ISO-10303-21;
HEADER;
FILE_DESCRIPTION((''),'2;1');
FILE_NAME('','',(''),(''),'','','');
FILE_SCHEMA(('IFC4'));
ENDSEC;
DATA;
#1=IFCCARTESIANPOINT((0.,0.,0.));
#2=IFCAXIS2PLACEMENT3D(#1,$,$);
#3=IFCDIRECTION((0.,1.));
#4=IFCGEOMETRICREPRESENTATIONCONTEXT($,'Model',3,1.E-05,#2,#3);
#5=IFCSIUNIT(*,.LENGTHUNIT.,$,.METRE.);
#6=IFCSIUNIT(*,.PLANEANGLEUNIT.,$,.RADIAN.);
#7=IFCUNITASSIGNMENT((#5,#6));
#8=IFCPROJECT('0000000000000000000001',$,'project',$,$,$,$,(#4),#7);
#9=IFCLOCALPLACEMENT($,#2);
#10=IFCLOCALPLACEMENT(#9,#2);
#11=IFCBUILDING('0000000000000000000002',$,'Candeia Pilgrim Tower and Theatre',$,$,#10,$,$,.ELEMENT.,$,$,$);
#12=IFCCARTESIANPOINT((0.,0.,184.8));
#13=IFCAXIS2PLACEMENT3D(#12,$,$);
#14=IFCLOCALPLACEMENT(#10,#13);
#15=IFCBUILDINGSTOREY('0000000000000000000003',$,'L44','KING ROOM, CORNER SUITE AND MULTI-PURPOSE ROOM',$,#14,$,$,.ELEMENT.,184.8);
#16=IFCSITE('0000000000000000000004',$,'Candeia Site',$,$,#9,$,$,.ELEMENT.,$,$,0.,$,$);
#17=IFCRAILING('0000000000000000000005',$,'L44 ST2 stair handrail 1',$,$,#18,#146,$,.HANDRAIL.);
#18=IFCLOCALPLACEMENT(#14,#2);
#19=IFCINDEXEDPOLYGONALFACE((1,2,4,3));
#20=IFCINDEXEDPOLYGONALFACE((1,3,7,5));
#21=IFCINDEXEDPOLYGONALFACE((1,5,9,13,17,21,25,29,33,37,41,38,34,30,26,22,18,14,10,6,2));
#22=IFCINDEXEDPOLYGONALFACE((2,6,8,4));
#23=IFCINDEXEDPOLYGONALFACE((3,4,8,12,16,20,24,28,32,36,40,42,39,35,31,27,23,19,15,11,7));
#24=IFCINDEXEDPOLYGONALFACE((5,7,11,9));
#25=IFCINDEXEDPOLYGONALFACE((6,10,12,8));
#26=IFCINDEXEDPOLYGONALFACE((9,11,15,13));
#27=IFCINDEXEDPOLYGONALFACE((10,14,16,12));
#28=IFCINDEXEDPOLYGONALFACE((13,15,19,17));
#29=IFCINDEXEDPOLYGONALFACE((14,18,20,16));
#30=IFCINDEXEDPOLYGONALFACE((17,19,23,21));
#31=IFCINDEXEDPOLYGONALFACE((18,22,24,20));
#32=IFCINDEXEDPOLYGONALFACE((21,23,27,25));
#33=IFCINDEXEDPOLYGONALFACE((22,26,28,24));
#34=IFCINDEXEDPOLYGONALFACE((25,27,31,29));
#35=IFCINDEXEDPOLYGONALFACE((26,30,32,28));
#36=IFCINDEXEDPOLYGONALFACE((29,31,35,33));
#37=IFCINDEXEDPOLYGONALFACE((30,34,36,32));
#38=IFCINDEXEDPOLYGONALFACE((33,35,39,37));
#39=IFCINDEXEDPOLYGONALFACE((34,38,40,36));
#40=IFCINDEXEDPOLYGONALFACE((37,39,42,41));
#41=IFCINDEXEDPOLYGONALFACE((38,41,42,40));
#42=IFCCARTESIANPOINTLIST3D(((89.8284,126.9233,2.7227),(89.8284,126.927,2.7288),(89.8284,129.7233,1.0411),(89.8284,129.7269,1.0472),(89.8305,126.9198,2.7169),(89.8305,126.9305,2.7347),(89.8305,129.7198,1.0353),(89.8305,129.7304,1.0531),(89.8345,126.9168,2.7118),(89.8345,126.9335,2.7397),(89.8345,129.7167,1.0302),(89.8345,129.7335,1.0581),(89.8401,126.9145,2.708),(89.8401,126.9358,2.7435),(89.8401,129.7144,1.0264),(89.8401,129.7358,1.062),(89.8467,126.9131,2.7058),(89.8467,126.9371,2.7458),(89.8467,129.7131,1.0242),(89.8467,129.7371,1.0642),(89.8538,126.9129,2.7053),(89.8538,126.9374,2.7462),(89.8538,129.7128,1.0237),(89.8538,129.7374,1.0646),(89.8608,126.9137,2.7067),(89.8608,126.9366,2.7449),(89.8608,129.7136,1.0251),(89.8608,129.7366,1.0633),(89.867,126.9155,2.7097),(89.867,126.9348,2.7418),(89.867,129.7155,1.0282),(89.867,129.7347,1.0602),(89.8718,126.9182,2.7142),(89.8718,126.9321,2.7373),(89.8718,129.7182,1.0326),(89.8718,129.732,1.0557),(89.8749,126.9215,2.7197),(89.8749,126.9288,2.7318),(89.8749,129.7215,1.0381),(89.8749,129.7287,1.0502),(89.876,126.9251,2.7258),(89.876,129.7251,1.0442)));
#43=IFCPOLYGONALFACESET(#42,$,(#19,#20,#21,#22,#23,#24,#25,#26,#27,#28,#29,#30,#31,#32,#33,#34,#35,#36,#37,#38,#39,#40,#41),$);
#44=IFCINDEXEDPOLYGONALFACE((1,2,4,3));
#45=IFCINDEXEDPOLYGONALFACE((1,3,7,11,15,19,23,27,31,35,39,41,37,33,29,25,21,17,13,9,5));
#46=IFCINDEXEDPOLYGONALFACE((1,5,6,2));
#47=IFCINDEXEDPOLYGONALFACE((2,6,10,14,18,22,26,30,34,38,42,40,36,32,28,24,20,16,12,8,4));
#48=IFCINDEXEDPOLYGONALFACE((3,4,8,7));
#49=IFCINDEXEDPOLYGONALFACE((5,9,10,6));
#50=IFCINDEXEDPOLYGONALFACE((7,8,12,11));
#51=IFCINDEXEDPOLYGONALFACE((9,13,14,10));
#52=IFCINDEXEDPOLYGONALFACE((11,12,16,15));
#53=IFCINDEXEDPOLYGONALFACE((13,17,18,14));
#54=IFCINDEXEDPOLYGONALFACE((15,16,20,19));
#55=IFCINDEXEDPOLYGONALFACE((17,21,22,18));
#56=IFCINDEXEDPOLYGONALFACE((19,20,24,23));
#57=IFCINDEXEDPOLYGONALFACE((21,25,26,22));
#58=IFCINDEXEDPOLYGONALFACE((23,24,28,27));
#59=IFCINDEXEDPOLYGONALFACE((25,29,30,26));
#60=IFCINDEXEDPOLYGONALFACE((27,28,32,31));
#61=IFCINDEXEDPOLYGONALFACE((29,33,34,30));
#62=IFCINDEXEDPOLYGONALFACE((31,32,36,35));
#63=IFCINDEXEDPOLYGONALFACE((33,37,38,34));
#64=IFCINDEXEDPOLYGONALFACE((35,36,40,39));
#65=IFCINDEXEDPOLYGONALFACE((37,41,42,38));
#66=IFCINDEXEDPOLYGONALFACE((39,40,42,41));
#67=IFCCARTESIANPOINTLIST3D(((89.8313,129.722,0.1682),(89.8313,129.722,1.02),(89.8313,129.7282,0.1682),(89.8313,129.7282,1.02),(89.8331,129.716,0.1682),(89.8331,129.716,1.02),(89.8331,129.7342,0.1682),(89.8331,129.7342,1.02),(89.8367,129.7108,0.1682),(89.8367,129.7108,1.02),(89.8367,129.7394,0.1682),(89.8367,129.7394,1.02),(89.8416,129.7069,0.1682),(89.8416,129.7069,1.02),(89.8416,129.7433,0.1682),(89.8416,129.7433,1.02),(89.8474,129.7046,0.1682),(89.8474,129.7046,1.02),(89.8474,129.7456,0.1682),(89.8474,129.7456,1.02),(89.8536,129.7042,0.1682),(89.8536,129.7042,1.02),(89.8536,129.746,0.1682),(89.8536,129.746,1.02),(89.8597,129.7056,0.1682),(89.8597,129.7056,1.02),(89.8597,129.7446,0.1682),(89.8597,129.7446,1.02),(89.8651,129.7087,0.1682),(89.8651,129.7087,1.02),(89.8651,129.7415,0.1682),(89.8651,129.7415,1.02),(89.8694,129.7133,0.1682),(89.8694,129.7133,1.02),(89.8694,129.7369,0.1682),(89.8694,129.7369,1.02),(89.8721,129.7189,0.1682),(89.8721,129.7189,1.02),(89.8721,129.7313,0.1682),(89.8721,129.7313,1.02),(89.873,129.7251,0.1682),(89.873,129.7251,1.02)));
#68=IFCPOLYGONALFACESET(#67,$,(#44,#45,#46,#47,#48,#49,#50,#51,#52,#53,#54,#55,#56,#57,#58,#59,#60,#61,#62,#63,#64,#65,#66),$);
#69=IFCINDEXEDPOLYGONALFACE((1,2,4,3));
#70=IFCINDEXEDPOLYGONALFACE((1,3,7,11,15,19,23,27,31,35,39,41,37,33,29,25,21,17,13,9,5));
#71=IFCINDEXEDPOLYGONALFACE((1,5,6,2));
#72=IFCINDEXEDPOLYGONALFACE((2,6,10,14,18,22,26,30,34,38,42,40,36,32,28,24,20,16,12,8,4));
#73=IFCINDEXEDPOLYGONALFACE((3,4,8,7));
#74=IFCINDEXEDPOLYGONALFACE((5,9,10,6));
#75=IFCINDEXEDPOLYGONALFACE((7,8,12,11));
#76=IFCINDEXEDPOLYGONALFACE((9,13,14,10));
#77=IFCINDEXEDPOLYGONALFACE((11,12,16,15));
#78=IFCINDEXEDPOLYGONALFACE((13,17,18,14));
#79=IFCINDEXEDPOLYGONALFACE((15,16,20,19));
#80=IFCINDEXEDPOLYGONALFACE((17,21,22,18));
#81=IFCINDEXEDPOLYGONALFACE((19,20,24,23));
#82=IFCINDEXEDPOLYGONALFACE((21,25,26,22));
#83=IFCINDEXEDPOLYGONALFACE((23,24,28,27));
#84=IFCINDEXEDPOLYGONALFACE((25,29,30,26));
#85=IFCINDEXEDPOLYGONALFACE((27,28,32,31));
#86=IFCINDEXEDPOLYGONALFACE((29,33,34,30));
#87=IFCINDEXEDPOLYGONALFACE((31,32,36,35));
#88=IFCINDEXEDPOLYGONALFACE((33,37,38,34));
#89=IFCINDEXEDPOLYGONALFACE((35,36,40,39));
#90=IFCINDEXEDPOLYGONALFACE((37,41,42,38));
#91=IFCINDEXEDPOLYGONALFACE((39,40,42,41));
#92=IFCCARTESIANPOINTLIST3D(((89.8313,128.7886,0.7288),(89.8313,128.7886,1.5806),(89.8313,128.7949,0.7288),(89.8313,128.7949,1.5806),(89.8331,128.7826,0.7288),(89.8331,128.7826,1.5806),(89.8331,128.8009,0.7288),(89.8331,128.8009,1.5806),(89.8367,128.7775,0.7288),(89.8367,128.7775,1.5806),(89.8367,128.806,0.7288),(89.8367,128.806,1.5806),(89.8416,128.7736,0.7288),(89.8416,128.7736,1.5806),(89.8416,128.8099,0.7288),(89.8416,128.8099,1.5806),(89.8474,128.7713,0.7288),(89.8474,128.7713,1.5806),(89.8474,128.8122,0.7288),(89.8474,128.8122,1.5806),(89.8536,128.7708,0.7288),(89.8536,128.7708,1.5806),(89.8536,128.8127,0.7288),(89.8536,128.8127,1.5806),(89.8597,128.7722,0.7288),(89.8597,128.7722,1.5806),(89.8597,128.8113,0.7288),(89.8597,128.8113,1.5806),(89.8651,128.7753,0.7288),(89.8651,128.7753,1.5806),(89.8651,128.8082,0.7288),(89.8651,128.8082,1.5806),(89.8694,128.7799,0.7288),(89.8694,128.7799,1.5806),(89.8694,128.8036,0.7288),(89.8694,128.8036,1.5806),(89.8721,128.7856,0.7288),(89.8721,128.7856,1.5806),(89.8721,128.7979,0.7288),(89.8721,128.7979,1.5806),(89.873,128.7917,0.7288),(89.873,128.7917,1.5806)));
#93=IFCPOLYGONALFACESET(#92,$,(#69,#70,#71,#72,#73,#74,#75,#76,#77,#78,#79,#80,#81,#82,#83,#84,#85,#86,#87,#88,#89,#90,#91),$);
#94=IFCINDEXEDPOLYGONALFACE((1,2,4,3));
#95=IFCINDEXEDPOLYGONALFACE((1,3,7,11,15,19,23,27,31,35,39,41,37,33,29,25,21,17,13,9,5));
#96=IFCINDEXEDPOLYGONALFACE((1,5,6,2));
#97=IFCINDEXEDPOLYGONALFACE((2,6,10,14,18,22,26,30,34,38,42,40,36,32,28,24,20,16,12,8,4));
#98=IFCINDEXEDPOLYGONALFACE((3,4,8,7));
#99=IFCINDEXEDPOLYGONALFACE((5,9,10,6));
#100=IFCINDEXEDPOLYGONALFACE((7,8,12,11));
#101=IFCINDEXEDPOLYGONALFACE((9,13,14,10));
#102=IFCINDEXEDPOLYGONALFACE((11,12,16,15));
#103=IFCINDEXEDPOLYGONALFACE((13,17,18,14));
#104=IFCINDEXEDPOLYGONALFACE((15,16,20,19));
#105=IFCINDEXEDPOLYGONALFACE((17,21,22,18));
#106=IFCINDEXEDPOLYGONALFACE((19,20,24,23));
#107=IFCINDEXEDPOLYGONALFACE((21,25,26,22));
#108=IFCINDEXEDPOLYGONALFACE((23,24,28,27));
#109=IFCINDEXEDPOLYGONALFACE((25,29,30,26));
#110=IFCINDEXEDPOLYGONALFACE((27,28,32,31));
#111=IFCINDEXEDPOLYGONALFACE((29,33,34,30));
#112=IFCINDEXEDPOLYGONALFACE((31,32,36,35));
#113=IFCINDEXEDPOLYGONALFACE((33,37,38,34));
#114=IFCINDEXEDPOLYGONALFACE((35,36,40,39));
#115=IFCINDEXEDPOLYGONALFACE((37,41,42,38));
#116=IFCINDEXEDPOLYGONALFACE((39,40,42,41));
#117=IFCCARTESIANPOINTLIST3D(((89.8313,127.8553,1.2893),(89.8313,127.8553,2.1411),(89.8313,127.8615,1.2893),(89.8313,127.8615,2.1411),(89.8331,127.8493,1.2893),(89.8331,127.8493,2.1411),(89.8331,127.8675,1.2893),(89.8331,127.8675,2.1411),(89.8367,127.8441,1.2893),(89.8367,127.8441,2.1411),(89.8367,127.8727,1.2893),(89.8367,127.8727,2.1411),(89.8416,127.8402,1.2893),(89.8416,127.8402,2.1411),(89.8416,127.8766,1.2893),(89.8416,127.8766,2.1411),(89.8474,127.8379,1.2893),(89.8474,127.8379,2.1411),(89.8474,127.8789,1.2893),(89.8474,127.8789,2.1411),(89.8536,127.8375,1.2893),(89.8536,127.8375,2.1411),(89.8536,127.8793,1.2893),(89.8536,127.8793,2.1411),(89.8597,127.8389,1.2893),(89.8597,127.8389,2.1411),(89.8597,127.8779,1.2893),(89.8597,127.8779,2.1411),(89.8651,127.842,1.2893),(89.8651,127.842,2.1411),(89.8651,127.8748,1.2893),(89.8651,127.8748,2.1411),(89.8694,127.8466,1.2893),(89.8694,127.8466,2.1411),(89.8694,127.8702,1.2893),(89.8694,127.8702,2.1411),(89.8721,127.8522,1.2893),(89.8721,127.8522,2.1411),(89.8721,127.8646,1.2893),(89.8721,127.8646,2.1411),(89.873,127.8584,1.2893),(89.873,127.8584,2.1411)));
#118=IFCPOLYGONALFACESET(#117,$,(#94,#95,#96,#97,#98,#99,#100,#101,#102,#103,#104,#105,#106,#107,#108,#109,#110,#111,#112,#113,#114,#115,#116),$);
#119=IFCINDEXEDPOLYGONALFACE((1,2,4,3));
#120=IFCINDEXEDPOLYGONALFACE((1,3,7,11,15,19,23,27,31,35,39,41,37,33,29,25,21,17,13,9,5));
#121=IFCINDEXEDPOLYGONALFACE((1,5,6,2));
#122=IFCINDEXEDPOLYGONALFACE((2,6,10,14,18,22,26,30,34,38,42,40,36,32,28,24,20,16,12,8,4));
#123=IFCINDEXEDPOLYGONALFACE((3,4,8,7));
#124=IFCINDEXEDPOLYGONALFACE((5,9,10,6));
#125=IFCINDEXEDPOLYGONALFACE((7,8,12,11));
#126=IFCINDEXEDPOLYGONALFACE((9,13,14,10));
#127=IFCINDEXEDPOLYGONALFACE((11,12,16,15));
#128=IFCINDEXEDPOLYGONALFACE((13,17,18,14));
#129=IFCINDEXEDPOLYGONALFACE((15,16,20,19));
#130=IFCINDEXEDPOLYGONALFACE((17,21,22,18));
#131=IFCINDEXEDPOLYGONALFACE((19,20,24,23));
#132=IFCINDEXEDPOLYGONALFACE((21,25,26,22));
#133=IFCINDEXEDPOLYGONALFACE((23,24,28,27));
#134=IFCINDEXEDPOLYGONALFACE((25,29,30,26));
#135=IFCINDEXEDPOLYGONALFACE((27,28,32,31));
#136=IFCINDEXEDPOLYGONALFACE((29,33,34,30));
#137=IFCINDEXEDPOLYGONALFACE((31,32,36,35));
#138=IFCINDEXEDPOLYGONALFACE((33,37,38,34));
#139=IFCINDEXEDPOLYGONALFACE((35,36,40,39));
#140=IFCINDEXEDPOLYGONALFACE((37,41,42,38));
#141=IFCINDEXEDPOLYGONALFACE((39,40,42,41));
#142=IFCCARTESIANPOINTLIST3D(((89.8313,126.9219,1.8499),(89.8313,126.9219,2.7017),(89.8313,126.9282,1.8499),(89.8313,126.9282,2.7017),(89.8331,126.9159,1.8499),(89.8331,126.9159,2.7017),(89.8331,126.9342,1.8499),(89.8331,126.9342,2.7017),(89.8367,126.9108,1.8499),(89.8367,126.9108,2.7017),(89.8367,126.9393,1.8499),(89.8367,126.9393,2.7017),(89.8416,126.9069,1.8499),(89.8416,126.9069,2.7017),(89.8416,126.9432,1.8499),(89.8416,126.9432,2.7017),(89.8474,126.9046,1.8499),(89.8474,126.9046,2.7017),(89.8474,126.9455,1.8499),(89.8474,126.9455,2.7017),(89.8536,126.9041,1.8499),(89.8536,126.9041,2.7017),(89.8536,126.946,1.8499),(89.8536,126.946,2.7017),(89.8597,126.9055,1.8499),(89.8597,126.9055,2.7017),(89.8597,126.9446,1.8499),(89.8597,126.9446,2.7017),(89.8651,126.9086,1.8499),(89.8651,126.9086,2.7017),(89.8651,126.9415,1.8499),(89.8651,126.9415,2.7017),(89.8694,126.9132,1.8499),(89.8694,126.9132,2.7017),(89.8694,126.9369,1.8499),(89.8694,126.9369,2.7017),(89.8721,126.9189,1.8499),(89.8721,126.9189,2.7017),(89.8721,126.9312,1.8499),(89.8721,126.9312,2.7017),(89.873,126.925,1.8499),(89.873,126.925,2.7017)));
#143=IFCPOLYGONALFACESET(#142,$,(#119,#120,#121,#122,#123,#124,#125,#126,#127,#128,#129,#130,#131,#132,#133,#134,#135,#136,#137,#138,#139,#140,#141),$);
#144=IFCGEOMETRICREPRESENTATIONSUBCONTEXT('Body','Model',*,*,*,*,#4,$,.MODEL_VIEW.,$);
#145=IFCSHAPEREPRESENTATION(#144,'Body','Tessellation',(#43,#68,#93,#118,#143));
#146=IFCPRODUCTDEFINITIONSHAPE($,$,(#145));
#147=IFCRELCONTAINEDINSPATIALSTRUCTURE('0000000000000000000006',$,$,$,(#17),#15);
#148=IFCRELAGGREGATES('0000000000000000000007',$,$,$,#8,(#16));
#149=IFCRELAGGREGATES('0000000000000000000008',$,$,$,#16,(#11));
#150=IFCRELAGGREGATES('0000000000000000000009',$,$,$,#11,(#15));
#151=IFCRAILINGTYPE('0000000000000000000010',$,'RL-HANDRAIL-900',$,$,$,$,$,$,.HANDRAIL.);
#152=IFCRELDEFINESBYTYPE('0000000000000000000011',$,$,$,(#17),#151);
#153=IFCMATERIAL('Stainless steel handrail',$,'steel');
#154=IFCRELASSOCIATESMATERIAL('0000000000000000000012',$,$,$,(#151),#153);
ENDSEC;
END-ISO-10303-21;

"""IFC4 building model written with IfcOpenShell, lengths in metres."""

from ifc_helpers import new_model, si_unit, direction, frame, origin, origin_2d, place, context, subcontext, project, spatial, circle, extrude, material, type_object, element, save


model = new_model("IFC4")

# Units and contexts
model_context = context("Model", 3, precision=1e-05, world=origin(), true_north=direction((0.0, 1.0)))
body_context = subcontext(model_context, "Body", "Model", "MODEL_VIEW")
ifc_project = project(units=[si_unit("LENGTHUNIT", "METRE"), si_unit("PLANEANGLEUNIT", "RADIAN")], contexts=[model_context])

# Site, building, storey
site_placement = place(None, origin())
site = spatial("IfcSite", under=ifc_project, at=site_placement, Name="Candeia Site", CompositionType="ELEMENT", RefElevation=0.0)
building_placement = place(site_placement, origin())
building = spatial("IfcBuilding", under=site, at=building_placement, Name="Candeia Pilgrim Tower and Theatre", CompositionType="ELEMENT")
storey_placement = place(building_placement, frame((0.0, 0.0, 184.8)))
storey = spatial("IfcBuildingStorey", under=building, at=storey_placement, Name="L44", Description="KING ROOM, CORNER SUITE AND MULTI-PURPOSE ROOM", CompositionType="ELEMENT", Elevation=184.8)

# Railing
ifc_material_1 = material(Name="Stainless steel handrail", Category="steel")
railing_type_1 = type_object("IfcRailingType", Name="RL-HANDRAIL-900", PredefinedType="HANDRAIL", material=ifc_material_1)
railing_1_placement = place(storey_placement, frame((89.8521, 129.7251, 0.1682)))
element("IfcRailing", 1, at=railing_1_placement, inside=storey, type_object=railing_type_1, Name="L44 ST2 stair handrail 1", PredefinedType="HANDRAIL", context=body_context, shape_type="SweptSolid", body=[
    extrude(circle(Radius=0.0239, at=origin_2d()), frame((0.0, 0.0, 0.876), z_axis=(0.0, -0.857275, 0.514858), x_axis=(1.0, 0.0, 0.0)), (0.0, 0.0, 1.0), 3.2661),
    extrude(circle(Radius=0.021, at=origin_2d()), origin(), (0.0, 0.0, 1.0), 0.8518),
    extrude(circle(Radius=0.021, at=origin_2d()), frame((0.0, -0.9333, 0.5605)), (0.0, 0.0, 1.0), 0.8518),
    extrude(circle(Radius=0.021, at=origin_2d()), frame((0.0, -1.8667, 1.1211)), (0.0, 0.0, 1.0), 0.8518),
    extrude(circle(Radius=0.021, at=origin_2d()), frame((0.0, -2.8, 1.6816)), (0.0, 0.0, 1.0), 0.8518),
])

save(model, "model.ifc")
